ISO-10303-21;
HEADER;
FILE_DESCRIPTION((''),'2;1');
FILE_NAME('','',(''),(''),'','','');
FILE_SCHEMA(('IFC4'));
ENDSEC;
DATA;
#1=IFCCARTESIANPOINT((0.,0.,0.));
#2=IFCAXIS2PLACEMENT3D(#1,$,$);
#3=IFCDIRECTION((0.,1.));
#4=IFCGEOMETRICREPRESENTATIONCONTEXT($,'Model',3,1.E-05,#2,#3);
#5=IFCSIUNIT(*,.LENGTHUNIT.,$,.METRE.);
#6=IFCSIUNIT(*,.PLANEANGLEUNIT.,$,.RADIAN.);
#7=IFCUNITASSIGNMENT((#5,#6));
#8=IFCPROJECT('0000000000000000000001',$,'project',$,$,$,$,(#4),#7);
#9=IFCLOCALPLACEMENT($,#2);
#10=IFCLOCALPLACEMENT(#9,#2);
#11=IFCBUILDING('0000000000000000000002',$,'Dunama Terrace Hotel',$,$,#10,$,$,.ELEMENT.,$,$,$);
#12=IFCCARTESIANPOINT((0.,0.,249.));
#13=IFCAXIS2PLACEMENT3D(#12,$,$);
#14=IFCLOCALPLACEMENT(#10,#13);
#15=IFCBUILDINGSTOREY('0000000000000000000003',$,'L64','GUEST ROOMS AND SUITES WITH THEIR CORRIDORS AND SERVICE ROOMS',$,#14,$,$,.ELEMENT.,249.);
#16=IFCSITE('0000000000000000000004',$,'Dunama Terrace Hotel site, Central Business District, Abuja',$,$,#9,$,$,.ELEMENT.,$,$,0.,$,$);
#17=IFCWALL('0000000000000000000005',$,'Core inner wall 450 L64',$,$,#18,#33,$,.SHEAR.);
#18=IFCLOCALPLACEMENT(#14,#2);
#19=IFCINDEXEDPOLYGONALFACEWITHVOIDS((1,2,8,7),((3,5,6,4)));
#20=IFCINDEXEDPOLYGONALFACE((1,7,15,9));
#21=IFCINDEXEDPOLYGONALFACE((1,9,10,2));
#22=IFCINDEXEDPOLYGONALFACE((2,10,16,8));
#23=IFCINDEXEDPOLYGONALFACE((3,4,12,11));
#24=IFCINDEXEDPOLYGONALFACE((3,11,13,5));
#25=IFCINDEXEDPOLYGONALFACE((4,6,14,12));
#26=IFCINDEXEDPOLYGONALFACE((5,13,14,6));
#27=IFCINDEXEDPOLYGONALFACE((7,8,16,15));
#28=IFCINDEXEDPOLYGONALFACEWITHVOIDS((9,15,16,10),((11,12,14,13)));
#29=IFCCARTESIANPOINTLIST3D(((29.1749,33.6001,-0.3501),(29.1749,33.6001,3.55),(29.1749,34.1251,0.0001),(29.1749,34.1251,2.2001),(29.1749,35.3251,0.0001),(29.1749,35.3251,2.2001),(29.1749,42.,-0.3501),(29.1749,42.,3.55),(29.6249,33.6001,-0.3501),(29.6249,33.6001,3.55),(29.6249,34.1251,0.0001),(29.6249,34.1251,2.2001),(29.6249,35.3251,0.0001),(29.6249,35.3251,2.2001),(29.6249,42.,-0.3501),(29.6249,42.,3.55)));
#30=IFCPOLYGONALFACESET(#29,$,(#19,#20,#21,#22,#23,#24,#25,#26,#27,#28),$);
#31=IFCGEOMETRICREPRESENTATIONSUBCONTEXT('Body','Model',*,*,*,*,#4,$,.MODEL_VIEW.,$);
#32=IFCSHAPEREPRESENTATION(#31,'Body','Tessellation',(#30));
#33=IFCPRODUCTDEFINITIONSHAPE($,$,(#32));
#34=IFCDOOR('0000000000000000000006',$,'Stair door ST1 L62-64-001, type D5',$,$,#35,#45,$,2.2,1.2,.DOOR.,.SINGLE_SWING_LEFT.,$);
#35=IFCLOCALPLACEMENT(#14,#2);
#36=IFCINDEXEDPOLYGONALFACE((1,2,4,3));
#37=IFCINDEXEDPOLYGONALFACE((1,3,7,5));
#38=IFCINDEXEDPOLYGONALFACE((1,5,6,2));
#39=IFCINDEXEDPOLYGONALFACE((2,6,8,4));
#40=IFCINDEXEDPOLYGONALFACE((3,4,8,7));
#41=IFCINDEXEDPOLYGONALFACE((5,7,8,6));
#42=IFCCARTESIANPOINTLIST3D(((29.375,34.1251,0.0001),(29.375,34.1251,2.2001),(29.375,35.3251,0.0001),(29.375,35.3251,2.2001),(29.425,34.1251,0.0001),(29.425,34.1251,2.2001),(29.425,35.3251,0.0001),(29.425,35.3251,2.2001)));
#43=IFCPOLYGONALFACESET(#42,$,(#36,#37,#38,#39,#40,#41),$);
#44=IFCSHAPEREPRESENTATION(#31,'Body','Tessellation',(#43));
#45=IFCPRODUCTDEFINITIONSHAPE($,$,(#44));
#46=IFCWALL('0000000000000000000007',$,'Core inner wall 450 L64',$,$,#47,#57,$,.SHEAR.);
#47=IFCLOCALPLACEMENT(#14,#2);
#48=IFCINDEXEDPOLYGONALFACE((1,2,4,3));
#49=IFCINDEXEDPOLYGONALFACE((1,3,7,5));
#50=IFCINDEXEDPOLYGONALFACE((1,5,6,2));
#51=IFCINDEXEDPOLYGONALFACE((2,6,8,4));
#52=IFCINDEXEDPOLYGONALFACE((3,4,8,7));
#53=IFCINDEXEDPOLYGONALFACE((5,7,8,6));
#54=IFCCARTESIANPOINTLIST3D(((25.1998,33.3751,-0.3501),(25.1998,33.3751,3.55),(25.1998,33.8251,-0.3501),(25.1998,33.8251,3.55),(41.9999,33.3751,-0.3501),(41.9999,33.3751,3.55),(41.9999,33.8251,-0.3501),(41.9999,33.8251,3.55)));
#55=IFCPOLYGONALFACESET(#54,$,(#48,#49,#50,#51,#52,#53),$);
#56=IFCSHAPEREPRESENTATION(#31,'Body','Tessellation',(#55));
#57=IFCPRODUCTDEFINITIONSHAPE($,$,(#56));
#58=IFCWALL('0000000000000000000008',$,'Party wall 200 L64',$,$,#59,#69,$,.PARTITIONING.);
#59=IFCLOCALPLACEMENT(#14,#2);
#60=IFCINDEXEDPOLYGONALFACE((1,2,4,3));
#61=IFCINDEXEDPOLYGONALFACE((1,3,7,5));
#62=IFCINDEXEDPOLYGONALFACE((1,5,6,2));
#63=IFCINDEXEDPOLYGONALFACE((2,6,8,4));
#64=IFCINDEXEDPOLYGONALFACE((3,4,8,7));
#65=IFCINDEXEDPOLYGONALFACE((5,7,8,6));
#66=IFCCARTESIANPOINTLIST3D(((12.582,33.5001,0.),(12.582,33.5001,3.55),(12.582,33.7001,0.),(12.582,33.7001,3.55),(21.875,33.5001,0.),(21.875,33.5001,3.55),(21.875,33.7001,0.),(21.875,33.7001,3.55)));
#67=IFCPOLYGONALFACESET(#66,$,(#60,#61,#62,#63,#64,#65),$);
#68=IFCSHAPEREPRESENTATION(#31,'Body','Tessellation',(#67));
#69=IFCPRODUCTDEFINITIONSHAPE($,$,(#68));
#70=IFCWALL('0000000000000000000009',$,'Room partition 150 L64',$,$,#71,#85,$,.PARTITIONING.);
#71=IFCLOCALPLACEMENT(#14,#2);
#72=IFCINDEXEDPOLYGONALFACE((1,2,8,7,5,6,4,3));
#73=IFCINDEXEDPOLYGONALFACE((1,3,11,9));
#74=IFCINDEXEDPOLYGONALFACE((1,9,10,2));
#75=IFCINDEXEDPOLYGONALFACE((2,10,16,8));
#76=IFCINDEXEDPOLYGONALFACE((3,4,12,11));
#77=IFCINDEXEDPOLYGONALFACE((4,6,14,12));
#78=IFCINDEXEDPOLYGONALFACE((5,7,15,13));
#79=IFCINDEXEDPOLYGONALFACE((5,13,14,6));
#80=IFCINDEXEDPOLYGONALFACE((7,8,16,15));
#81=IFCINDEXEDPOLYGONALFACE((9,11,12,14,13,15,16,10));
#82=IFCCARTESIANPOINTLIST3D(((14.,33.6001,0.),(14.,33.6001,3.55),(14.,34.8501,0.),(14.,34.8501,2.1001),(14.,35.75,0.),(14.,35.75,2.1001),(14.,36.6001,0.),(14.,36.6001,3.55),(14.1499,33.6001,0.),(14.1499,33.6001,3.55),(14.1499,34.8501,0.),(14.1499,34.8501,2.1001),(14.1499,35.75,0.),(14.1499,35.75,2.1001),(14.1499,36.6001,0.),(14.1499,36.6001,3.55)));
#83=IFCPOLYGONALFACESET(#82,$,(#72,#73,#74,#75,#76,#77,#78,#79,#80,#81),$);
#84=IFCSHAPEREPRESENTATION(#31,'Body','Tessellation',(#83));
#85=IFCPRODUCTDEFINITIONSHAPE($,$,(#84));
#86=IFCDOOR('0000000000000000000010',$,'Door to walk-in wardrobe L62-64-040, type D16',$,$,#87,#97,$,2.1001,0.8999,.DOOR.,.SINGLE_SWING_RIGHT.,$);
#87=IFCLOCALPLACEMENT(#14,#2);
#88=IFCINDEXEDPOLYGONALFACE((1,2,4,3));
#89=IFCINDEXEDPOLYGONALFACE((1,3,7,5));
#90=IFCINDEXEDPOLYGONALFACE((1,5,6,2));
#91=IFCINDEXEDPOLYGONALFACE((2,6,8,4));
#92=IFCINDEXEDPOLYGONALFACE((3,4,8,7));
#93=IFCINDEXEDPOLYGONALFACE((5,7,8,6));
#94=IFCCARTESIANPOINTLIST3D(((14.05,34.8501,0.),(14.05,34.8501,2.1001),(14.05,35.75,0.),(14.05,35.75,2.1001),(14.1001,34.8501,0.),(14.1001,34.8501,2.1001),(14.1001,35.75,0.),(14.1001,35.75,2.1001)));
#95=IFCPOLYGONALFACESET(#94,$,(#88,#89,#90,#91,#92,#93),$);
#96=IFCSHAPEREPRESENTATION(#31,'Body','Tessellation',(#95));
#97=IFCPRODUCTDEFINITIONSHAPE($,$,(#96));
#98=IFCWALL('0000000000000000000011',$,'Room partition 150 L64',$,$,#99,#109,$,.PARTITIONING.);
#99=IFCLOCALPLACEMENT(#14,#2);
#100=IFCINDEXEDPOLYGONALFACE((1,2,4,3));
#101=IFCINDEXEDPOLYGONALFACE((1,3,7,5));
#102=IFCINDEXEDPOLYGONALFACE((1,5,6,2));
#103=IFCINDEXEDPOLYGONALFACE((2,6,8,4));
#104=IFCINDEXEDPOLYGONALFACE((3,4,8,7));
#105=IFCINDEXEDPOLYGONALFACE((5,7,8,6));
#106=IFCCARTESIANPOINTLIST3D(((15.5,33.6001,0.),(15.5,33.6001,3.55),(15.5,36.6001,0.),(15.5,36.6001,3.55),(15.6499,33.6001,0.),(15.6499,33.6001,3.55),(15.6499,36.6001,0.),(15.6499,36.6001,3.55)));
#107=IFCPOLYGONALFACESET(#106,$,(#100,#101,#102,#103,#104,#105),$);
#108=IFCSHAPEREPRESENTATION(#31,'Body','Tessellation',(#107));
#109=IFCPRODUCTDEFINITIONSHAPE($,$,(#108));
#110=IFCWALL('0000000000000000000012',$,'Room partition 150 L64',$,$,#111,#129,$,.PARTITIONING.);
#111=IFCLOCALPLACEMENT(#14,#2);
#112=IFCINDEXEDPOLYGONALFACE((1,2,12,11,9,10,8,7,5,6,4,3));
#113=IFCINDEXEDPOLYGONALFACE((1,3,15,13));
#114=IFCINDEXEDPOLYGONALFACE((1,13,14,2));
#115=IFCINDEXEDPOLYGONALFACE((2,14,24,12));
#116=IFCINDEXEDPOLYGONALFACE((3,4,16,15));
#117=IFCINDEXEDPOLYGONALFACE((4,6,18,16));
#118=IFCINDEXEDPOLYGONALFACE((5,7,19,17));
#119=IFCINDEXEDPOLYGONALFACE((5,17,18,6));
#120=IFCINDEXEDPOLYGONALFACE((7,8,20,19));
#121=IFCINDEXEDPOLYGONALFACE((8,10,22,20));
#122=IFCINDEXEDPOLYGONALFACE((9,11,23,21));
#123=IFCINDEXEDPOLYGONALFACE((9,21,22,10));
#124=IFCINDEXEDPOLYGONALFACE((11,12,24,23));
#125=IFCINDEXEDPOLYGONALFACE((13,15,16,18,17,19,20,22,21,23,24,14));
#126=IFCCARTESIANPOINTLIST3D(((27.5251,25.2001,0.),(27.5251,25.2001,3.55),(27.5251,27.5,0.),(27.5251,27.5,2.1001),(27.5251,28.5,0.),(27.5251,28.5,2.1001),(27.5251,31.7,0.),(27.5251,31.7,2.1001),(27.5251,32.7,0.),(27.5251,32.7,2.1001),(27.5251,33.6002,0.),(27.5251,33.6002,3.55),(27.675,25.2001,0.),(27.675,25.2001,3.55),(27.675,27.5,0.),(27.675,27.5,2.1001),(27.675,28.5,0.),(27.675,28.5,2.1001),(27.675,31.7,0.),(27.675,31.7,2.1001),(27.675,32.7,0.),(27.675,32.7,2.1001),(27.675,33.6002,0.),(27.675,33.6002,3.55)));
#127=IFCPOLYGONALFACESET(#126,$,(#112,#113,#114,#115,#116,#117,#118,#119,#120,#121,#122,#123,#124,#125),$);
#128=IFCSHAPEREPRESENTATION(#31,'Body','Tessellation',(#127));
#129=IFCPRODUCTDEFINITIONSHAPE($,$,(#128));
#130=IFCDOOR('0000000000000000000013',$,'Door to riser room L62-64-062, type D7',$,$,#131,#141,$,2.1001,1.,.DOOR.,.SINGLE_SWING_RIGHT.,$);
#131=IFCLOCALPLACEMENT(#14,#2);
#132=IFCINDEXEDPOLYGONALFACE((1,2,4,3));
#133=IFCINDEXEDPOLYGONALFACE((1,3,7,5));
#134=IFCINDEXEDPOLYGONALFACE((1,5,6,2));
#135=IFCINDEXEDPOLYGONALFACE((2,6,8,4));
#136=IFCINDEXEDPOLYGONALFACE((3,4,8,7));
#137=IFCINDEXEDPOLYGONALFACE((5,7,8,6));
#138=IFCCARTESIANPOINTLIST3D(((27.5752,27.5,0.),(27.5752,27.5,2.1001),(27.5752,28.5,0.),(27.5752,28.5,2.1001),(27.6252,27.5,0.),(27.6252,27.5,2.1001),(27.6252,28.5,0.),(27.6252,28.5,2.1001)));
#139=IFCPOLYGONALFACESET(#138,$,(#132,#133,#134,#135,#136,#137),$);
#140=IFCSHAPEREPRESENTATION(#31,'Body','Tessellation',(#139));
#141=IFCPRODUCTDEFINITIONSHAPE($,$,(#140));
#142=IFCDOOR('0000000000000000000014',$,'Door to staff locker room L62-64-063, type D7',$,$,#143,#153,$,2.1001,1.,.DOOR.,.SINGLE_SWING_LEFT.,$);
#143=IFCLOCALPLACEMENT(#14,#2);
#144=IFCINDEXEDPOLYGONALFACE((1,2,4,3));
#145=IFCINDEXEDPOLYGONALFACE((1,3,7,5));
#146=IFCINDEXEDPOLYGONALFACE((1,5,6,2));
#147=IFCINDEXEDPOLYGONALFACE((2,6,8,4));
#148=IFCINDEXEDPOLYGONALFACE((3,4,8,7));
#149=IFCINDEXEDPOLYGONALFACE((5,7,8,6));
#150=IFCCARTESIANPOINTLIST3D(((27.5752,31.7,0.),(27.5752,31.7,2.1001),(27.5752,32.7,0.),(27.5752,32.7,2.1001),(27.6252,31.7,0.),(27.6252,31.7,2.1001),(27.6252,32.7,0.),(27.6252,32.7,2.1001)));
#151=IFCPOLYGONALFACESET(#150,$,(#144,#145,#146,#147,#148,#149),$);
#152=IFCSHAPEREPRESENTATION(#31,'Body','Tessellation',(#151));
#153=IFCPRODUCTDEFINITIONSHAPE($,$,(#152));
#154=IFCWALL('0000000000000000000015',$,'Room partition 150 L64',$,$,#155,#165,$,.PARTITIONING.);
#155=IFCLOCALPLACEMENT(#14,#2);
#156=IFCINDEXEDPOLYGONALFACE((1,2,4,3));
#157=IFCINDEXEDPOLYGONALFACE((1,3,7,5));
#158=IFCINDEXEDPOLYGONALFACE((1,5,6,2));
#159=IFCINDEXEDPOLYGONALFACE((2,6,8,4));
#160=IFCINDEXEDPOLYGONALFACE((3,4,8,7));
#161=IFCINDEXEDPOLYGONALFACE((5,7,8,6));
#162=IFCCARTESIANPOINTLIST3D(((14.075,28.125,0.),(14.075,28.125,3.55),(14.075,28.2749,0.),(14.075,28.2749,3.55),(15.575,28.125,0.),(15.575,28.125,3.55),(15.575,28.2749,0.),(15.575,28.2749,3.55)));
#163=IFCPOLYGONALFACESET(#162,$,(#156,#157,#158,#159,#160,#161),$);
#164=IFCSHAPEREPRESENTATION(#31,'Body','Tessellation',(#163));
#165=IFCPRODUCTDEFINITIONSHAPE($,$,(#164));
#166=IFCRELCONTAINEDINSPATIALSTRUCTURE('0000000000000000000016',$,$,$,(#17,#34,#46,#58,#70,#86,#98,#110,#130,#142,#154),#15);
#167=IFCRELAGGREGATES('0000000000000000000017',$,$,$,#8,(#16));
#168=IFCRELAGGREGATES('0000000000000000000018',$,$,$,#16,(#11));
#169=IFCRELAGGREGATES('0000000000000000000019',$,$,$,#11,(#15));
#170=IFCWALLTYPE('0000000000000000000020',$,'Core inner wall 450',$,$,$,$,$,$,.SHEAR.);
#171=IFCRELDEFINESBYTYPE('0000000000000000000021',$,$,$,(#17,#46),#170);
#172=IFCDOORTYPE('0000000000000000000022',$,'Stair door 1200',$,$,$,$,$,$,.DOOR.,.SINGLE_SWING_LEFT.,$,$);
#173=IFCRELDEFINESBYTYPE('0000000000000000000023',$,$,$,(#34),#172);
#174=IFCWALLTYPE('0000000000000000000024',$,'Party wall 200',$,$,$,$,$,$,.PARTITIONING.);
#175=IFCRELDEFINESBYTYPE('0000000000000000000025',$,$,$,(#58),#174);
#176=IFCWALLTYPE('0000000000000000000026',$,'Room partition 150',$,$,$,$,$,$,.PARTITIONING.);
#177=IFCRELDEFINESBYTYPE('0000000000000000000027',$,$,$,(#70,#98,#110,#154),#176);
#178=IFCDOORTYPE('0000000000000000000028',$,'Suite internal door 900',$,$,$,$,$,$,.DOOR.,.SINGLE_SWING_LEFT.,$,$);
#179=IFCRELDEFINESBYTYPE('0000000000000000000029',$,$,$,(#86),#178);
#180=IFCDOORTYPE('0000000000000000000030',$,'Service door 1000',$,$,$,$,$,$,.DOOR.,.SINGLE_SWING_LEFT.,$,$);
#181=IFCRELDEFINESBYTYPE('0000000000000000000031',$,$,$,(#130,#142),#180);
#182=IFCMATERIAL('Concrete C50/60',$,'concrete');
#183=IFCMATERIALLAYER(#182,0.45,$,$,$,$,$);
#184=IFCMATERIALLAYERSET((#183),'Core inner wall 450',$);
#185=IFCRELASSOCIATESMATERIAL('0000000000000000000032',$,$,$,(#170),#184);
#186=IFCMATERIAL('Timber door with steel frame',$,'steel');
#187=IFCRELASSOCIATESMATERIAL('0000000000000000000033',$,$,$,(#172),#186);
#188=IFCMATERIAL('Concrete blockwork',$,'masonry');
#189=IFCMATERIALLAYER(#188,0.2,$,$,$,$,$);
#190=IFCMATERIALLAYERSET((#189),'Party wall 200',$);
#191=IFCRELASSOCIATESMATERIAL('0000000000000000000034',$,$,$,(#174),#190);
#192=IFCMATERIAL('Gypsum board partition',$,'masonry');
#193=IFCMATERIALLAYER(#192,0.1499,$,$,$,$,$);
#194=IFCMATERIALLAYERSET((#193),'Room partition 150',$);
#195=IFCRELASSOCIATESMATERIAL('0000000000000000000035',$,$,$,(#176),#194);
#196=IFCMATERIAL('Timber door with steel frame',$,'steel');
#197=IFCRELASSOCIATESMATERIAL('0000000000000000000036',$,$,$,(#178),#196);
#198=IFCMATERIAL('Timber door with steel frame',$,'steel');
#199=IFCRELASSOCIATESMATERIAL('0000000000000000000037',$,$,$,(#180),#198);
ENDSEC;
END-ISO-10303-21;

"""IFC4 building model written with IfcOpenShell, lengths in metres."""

from ifc_helpers import new_model, si_unit, direction, frame, frame_2d, origin, place, context, subcontext, project, spatial, rectangle, extrude, material, layer, layer_set, type_object, element, fill, save


model = new_model("IFC4")

# Units and contexts
model_context = context("Model", 3, precision=1e-05, world=origin(), true_north=direction((0.0, 1.0)))
body_context = subcontext(model_context, "Body", "Model", "MODEL_VIEW")
ifc_project = project(units=[si_unit("LENGTHUNIT", "METRE"), si_unit("PLANEANGLEUNIT", "RADIAN")], contexts=[model_context])

# Site, building, storey
site_placement = place(None, origin())
site = spatial("IfcSite", under=ifc_project, at=site_placement, Name="Dunama Terrace Hotel site, Central Business District, Abuja", CompositionType="ELEMENT", RefElevation=0.0)
building_placement = place(site_placement, origin())
building = spatial("IfcBuilding", under=site, at=building_placement, Name="Dunama Terrace Hotel", CompositionType="ELEMENT")
storey_placement = place(building_placement, frame((0.0, 0.0, 249.0)))
storey = spatial("IfcBuildingStorey", under=building, at=storey_placement, Name="L64", Description="GUEST ROOMS AND SUITES WITH THEIR CORRIDORS AND SERVICE ROOMS", CompositionType="ELEMENT", Elevation=249.0)

# Wall, opening, door
ifc_material_1 = material(Name="Concrete C50/60", Category="concrete")
ifc_layer_1 = layer(ifc_material_1, 0.45)
ifc_layer_set_1 = layer_set([ifc_layer_1], Name="Core inner wall 450")
wall_type_1 = type_object("IfcWallType", Name="Core inner wall 450", PredefinedType="SHEAR", material=ifc_layer_set_1)
wall_1_placement = place(storey_placement, frame((29.3999, 33.6001, -0.3501), z_axis=(0.0, 0.0, 1.0), x_axis=(0.0, 1.0, 0.0)))
wall_1 = element("IfcWall", 1, at=wall_1_placement, inside=storey, type_object=wall_type_1, Name="Core inner wall 450 L64", PredefinedType="SHEAR", context=body_context, shape_type="SweptSolid", body=[
    extrude(rectangle(XDim=8.3999, YDim=0.45, at=frame_2d((4.2, 0.0))), origin(), (0.0, 0.0, 1.0), 3.9001),
])
opening_1_placement = place(wall_1_placement, frame((0.5249, 0.0, 0.3501)))
opening_1 = element("IfcOpeningElement", 2, at=opening_1_placement, cuts=wall_1, PredefinedType="OPENING", context=body_context, shape_type="SweptSolid", body=[
    extrude(rectangle(XDim=1.2, YDim=2.2, at=frame_2d((0.6001, 1.1001))), frame((0.0, 0.2349, 0.0), z_axis=(0.0, -1.0, 0.0), x_axis=(1.0, 0.0, 0.0)), (0.0, 0.0, 1.0), 0.47),
])
ifc_material_2 = material(Name="Timber door with steel frame", Category="steel")
door_type_1 = type_object("IfcDoorType", Name="Stair door 1200", OperationType="SINGLE_SWING_LEFT", PredefinedType="DOOR", material=ifc_material_2)
door_1_placement = place(opening_1_placement, origin())
door_1 = element("IfcDoor", 3, at=door_1_placement, inside=storey, type_object=door_type_1, Name="Stair door ST1 L62-64-001, type D5", OperationType="SINGLE_SWING_LEFT", OverallHeight=2.2, OverallWidth=1.2, PredefinedType="DOOR", context=body_context, shape_type="SweptSolid", body=[
    extrude(rectangle(XDim=1.2, YDim=2.2, at=frame_2d((0.6001, 1.1001))), frame((0.0, 0.0249, 0.0), z_axis=(0.0, -1.0, 0.0), x_axis=(1.0, 0.0, 0.0)), (0.0, 0.0, 1.0), 0.05),
])
fill(opening_1, door_1)

# Walls
wall_2_placement = place(storey_placement, frame((25.2, 33.6001, -0.3501), z_axis=(0.0, 0.0, 1.0), x_axis=(1.0, 0.0, 0.0)))
element("IfcWall", 4, at=wall_2_placement, inside=storey, type_object=wall_type_1, Name="Core inner wall 450 L64", PredefinedType="SHEAR", context=body_context, shape_type="SweptSolid", body=[
    extrude(rectangle(XDim=16.8, YDim=0.45, at=frame_2d((8.3999, 0.0))), origin(), (0.0, 0.0, 1.0), 3.9001),
])
ifc_material_3 = material(Name="Concrete blockwork", Category="masonry")
ifc_layer_2 = layer(ifc_material_3, 0.2)
ifc_layer_set_2 = layer_set([ifc_layer_2], Name="Party wall 200")
wall_type_2 = type_object("IfcWallType", Name="Party wall 200", PredefinedType="PARTITIONING", material=ifc_layer_set_2)
wall_3_placement = place(storey_placement, frame((12.582, 33.6001, 0.0), z_axis=(0.0, 0.0, 1.0), x_axis=(1.0, 0.0, 0.0)))
element("IfcWall", 5, at=wall_3_placement, inside=storey, type_object=wall_type_2, Name="Party wall 200 L64", PredefinedType="PARTITIONING", context=body_context, shape_type="SweptSolid", body=[
    extrude(rectangle(XDim=9.293, YDim=0.2, at=frame_2d((4.6465, 0.0))), origin(), (0.0, 0.0, 1.0), 3.55),
])

# Wall, opening, door
ifc_material_4 = material(Name="Gypsum board partition", Category="masonry")
ifc_layer_3 = layer(ifc_material_4, 0.1499)
ifc_layer_set_3 = layer_set([ifc_layer_3], Name="Room partition 150")
wall_type_3 = type_object("IfcWallType", Name="Room partition 150", PredefinedType="PARTITIONING", material=ifc_layer_set_3)
wall_4_placement = place(storey_placement, frame((14.075, 33.6001, 0.0), z_axis=(0.0, 0.0, 1.0), x_axis=(0.0, 1.0, 0.0)))
wall_4 = element("IfcWall", 6, at=wall_4_placement, inside=storey, type_object=wall_type_3, Name="Room partition 150 L64", PredefinedType="PARTITIONING", context=body_context, shape_type="SweptSolid", body=[
    extrude(rectangle(XDim=3.0, YDim=0.1499, at=frame_2d((1.5, 0.0))), origin(), (0.0, 0.0, 1.0), 3.55),
])
opening_2_placement = place(wall_4_placement, frame((1.25, 0.0, 0.0)))
opening_2 = element("IfcOpeningElement", 7, at=opening_2_placement, cuts=wall_4, PredefinedType="OPENING", context=body_context, shape_type="SweptSolid", body=[
    extrude(rectangle(XDim=0.8999, YDim=2.1001, at=frame_2d((0.45, 1.05))), frame((0.0, 0.085, 0.0), z_axis=(0.0, -1.0, 0.0), x_axis=(1.0, 0.0, 0.0)), (0.0, 0.0, 1.0), 0.1699),
])
ifc_material_5 = material(Name="Timber door with steel frame", Category="steel")
door_type_2 = type_object("IfcDoorType", Name="Suite internal door 900", OperationType="SINGLE_SWING_LEFT", PredefinedType="DOOR", material=ifc_material_5)
door_2_placement = place(opening_2_placement, frame((0.8999, 0.0, 0.0), z_axis=(0.0, 0.0, 1.0), x_axis=(-1.0, 0.0, 0.0)))
door_2 = element("IfcDoor", 8, at=door_2_placement, inside=storey, type_object=door_type_2, Name="Door to walk-in wardrobe L62-64-040, type D16", OperationType="SINGLE_SWING_RIGHT", OverallHeight=2.1001, OverallWidth=0.8999, PredefinedType="DOOR", context=body_context, shape_type="SweptSolid", body=[
    extrude(rectangle(XDim=0.8999, YDim=2.1001, at=frame_2d((0.45, 1.05))), frame((0.0, 0.0251, 0.0), z_axis=(0.0, -1.0, 0.0), x_axis=(1.0, 0.0, 0.0)), (0.0, 0.0, 1.0), 0.05),
])
fill(opening_2, door_2)

# Wall
wall_5_placement = place(storey_placement, frame((15.575, 33.6001, 0.0), z_axis=(0.0, 0.0, 1.0), x_axis=(0.0, 1.0, 0.0)))
element("IfcWall", 9, at=wall_5_placement, inside=storey, type_object=wall_type_3, Name="Room partition 150 L64", PredefinedType="PARTITIONING", context=body_context, shape_type="SweptSolid", body=[
    extrude(rectangle(XDim=3.0, YDim=0.1499, at=frame_2d((1.5, 0.0))), origin(), (0.0, 0.0, 1.0), 3.55),
])

# Wall, openings, doors
wall_6_placement = place(storey_placement, frame((27.6001, 25.2, 0.0), z_axis=(0.0, 0.0, 1.0), x_axis=(0.0, 1.0, 0.0)))
wall_6 = element("IfcWall", 10, at=wall_6_placement, inside=storey, type_object=wall_type_3, Name="Room partition 150 L64", PredefinedType="PARTITIONING", context=body_context, shape_type="SweptSolid", body=[
    extrude(rectangle(XDim=8.4001, YDim=0.1499, at=frame_2d((4.2002, 0.0))), origin(), (0.0, 0.0, 1.0), 3.55),
])
opening_3_placement = place(wall_6_placement, frame((2.3, 0.0, 0.0)))
opening_3 = element("IfcOpeningElement", 11, at=opening_3_placement, cuts=wall_6, PredefinedType="OPENING", context=body_context, shape_type="SweptSolid", body=[
    extrude(rectangle(XDim=1.0, YDim=2.1001, at=frame_2d((0.5, 1.05))), frame((0.0, 0.085, 0.0), z_axis=(0.0, -1.0, 0.0), x_axis=(1.0, 0.0, 0.0)), (0.0, 0.0, 1.0), 0.1699),
])
opening_4_placement = place(wall_6_placement, frame((6.5, 0.0, 0.0)))
opening_4 = element("IfcOpeningElement", 12, at=opening_4_placement, cuts=wall_6, PredefinedType="OPENING", context=body_context, shape_type="SweptSolid", body=[
    extrude(rectangle(XDim=1.0, YDim=2.1001, at=frame_2d((0.5, 1.05))), frame((0.0, 0.085, 0.0), z_axis=(0.0, -1.0, 0.0), x_axis=(1.0, 0.0, 0.0)), (0.0, 0.0, 1.0), 0.1699),
])
ifc_material_6 = material(Name="Timber door with steel frame", Category="steel")
door_type_3 = type_object("IfcDoorType", Name="Service door 1000", OperationType="SINGLE_SWING_LEFT", PredefinedType="DOOR", material=ifc_material_6)
door_3_placement = place(opening_3_placement, frame((1.0, 0.0, 0.0), z_axis=(0.0, 0.0, 1.0), x_axis=(-1.0, 0.0, 0.0)))
door_3 = element("IfcDoor", 13, at=door_3_placement, inside=storey, type_object=door_type_3, Name="Door to riser room L62-64-062, type D7", OperationType="SINGLE_SWING_RIGHT", OverallHeight=2.1001, OverallWidth=1.0, PredefinedType="DOOR", context=body_context, shape_type="SweptSolid", body=[
    extrude(rectangle(XDim=1.0, YDim=2.1001, at=frame_2d((0.5, 1.05))), frame((0.0, 0.0251, 0.0), z_axis=(0.0, -1.0, 0.0), x_axis=(1.0, 0.0, 0.0)), (0.0, 0.0, 1.0), 0.05),
])
fill(opening_3, door_3)
door_4_placement = place(opening_4_placement, frame((1.0, 0.0, 0.0), z_axis=(0.0, 0.0, 1.0), x_axis=(-1.0, 0.0, 0.0)))
door_4 = element("IfcDoor", 14, at=door_4_placement, inside=storey, type_object=door_type_3, Name="Door to staff locker room L62-64-063, type D7", OperationType="SINGLE_SWING_LEFT", OverallHeight=2.1001, OverallWidth=1.0, PredefinedType="DOOR", context=body_context, shape_type="SweptSolid", body=[
    extrude(rectangle(XDim=1.0, YDim=2.1001, at=frame_2d((0.5, 1.05))), frame((0.0, 0.0251, 0.0), z_axis=(0.0, -1.0, 0.0), x_axis=(1.0, 0.0, 0.0)), (0.0, 0.0, 1.0), 0.05),
])
fill(opening_4, door_4)

# Wall
wall_7_placement = place(storey_placement, frame((14.075, 28.2, 0.0), z_axis=(0.0, 0.0, 1.0), x_axis=(1.0, 0.0, 0.0)))
element("IfcWall", 15, at=wall_7_placement, inside=storey, type_object=wall_type_3, Name="Room partition 150 L64", PredefinedType="PARTITIONING", context=body_context, shape_type="SweptSolid", body=[
    extrude(rectangle(XDim=1.5, YDim=0.1499, at=frame_2d((0.75, 0.0))), origin(), (0.0, 0.0, 1.0), 3.55),
])

save(model, "model.ifc")
